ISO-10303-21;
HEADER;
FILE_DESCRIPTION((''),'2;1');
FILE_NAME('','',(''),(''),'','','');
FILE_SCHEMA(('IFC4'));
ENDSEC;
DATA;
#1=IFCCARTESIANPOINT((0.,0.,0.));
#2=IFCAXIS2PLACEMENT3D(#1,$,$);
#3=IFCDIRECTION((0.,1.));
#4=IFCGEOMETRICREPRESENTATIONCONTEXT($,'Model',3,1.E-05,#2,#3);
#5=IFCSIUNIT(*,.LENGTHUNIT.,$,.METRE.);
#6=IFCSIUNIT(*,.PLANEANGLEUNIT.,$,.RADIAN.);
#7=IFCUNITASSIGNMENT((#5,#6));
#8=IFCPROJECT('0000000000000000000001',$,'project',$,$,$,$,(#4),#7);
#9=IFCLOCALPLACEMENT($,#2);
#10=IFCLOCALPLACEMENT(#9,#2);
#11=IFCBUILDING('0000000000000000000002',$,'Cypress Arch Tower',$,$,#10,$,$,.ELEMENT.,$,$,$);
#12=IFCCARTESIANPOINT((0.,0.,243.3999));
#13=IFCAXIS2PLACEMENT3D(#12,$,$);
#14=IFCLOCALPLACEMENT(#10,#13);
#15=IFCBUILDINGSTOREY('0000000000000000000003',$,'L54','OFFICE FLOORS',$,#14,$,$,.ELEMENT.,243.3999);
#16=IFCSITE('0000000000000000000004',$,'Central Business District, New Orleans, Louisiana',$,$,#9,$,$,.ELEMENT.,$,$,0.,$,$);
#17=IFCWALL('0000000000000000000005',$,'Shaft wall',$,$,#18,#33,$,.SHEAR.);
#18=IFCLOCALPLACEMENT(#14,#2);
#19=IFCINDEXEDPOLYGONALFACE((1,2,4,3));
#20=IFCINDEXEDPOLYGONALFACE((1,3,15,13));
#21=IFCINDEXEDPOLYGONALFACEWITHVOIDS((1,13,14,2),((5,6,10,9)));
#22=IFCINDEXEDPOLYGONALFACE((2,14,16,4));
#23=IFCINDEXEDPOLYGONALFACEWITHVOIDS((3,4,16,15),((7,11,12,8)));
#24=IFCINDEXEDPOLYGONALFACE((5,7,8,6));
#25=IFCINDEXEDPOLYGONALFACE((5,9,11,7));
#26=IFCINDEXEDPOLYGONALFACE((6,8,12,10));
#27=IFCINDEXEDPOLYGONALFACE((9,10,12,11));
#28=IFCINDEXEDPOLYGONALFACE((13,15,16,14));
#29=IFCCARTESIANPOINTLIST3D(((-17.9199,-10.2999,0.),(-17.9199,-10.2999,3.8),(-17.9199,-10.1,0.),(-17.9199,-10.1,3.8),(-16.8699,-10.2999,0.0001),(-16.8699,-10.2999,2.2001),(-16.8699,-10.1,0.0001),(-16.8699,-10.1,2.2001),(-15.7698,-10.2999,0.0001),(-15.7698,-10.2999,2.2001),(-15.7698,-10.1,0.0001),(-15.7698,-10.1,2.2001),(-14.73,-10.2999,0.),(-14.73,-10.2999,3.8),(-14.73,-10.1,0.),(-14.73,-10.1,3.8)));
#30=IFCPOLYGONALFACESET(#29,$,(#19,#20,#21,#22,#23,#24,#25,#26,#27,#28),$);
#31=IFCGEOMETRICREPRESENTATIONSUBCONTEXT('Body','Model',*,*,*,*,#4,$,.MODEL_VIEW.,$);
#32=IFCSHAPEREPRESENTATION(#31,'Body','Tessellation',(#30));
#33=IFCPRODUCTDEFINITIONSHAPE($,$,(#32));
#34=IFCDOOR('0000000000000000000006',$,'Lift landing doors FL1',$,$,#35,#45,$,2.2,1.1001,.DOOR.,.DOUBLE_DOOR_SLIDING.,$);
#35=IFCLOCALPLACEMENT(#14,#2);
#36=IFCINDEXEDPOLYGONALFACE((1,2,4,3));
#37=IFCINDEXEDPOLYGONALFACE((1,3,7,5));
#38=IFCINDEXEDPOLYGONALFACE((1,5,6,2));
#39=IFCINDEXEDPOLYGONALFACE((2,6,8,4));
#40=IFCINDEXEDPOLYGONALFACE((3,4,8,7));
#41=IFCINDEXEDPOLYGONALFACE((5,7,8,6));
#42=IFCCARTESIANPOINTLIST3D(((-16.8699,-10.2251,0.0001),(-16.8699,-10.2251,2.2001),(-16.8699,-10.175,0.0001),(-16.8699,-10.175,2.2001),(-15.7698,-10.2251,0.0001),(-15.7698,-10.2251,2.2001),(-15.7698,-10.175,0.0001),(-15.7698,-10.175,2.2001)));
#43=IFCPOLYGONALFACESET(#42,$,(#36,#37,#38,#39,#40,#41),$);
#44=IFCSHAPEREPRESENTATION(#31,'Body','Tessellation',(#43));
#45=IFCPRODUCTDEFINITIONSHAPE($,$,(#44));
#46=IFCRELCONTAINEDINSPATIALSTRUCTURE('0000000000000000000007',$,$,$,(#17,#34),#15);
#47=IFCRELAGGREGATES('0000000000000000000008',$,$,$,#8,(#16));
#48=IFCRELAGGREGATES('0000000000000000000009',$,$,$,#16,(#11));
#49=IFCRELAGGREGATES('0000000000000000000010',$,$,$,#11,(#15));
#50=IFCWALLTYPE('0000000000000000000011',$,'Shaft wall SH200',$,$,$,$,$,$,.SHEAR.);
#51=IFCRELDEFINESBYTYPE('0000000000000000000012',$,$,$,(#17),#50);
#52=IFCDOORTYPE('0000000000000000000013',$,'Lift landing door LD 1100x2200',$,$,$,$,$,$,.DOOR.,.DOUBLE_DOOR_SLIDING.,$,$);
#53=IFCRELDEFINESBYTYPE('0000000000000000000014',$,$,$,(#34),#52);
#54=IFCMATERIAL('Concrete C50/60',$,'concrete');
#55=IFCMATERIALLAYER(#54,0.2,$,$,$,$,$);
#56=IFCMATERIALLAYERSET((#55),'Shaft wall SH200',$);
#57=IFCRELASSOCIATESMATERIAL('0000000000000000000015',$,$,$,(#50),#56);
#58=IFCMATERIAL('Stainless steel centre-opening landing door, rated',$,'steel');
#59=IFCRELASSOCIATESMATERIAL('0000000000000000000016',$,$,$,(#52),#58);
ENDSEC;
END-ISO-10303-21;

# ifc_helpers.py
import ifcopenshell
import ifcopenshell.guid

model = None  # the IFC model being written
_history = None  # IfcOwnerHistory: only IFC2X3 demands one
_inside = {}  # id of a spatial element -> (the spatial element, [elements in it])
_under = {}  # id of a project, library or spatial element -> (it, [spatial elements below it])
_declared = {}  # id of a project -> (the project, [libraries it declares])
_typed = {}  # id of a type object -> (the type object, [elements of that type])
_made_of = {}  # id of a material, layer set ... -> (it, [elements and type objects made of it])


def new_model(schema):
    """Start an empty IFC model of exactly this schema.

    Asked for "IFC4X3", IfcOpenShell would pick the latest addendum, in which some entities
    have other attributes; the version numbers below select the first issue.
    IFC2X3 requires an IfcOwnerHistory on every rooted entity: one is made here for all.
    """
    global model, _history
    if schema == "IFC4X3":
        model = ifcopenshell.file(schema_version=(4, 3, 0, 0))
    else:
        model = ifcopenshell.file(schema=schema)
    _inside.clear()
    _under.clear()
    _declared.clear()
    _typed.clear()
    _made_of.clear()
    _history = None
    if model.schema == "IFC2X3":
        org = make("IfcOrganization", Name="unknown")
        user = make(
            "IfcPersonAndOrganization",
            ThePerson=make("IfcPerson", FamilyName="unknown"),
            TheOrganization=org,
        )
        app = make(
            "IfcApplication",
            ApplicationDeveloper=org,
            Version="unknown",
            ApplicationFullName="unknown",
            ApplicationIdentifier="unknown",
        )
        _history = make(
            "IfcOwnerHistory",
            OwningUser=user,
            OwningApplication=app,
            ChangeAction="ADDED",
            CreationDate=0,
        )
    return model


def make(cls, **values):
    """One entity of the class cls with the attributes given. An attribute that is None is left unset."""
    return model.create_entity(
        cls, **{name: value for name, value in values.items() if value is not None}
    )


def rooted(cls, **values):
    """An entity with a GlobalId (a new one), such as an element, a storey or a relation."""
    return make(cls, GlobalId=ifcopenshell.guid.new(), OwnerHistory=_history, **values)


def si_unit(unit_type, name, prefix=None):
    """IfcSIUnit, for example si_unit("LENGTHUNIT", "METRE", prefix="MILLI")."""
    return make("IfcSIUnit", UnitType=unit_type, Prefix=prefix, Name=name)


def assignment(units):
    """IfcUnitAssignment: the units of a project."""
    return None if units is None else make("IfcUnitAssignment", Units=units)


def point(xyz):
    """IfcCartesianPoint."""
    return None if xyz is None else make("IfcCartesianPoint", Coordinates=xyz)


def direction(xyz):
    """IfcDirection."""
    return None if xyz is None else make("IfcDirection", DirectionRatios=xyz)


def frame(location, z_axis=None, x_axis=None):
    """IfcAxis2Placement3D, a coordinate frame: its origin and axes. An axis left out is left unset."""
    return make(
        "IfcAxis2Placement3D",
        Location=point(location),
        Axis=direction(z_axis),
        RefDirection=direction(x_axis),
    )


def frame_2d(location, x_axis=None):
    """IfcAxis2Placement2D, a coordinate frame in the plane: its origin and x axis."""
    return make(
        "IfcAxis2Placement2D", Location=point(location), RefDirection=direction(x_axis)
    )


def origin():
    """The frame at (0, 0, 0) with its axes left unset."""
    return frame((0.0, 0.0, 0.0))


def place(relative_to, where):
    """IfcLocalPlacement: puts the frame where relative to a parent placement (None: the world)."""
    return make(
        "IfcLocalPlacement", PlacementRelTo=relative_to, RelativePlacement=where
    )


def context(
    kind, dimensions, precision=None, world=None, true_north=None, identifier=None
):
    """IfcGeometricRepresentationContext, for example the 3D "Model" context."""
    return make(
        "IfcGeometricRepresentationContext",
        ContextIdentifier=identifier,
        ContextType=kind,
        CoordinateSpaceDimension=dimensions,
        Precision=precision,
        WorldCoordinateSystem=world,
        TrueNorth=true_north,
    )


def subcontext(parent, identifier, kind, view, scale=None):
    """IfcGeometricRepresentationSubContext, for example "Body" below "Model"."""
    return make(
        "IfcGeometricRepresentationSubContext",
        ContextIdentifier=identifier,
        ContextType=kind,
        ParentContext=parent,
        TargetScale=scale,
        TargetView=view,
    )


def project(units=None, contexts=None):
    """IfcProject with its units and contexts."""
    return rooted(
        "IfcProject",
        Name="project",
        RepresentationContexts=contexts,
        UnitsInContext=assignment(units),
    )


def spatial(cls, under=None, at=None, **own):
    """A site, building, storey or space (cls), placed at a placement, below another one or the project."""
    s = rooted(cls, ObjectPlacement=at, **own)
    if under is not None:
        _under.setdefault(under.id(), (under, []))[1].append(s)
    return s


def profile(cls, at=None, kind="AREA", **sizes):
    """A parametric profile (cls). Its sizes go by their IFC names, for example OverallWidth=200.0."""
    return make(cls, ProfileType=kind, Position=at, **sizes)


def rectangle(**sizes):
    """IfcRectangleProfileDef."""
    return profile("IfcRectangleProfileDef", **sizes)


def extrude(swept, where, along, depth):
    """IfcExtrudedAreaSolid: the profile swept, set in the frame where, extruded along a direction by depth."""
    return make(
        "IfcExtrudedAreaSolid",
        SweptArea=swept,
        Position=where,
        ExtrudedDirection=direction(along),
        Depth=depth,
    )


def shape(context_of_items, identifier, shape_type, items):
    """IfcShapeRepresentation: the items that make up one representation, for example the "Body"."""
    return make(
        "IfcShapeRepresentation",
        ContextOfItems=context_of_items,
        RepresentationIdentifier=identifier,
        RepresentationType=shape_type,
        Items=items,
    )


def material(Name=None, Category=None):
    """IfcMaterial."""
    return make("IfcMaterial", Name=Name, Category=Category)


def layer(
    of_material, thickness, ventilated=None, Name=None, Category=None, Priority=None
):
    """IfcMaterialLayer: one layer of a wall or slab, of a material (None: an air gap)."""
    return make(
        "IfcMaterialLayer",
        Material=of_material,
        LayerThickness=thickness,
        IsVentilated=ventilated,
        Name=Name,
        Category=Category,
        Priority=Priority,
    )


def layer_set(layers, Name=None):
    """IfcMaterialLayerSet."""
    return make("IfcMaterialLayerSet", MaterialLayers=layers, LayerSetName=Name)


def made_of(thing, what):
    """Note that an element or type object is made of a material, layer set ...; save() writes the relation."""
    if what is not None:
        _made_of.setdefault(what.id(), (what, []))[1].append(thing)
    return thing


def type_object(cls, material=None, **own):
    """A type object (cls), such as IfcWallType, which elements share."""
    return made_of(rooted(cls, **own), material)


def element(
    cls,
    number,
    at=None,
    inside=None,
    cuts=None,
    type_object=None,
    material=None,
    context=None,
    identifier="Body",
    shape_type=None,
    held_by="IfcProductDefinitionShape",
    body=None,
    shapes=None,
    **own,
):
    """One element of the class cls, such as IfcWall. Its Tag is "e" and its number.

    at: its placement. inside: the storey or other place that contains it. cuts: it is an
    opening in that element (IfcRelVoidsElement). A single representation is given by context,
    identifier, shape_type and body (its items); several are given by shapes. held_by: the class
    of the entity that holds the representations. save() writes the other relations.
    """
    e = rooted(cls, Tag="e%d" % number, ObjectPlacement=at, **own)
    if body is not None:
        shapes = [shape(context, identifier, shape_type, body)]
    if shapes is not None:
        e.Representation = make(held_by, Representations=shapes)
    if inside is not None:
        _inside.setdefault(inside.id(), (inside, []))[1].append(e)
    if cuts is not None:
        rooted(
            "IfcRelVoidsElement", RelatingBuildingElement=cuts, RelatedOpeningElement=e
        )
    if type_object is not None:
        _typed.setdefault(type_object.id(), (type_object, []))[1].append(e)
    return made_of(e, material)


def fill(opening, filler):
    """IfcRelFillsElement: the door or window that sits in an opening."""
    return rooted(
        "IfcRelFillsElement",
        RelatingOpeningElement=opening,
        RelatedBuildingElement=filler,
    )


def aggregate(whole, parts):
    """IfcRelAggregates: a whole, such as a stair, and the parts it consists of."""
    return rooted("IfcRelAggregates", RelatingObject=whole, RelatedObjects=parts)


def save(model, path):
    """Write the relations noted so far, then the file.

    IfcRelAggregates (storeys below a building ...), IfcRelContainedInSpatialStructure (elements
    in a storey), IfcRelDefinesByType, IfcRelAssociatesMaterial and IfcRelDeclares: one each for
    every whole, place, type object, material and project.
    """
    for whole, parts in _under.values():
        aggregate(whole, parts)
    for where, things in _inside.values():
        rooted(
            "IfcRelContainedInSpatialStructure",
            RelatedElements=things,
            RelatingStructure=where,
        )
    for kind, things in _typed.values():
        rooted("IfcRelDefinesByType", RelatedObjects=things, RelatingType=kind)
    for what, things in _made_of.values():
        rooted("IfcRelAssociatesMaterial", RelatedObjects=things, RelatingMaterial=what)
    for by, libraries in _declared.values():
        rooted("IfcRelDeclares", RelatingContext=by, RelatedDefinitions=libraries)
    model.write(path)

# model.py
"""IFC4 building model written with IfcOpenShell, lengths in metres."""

from ifc_helpers import new_model, si_unit, direction, frame, frame_2d, origin, place, context, subcontext, project, spatial, rectangle, extrude, material, layer, layer_set, type_object, element, fill, save


model = new_model("IFC4")

# Units and contexts
model_context = context("Model", 3, precision=1e-05, world=origin(), true_north=direction((0.0, 1.0)))
body_context = subcontext(model_context, "Body", "Model", "MODEL_VIEW")
ifc_project = project(units=[si_unit("LENGTHUNIT", "METRE"), si_unit("PLANEANGLEUNIT", "RADIAN")], contexts=[model_context])

# Site, building, storey
site_placement = place(None, origin())
site = spatial("IfcSite", under=ifc_project, at=site_placement, Name="Central Business District, New Orleans, Louisiana", CompositionType="ELEMENT", RefElevation=0.0)
building_placement = place(site_placement, origin())
building = spatial("IfcBuilding", under=site, at=building_placement, Name="Cypress Arch Tower", CompositionType="ELEMENT")
storey_placement = place(building_placement, frame((0.0, 0.0, 243.3999)))
storey = spatial("IfcBuildingStorey", under=building, at=storey_placement, Name="L54", Description="OFFICE FLOORS", CompositionType="ELEMENT", Elevation=243.3999)

# Wall, opening, door
ifc_material_1 = material(Name="Concrete C50/60", Category="concrete")
ifc_layer_1 = layer(ifc_material_1, 0.2)
ifc_layer_set_1 = layer_set([ifc_layer_1], Name="Shaft wall SH200")
wall_type_1 = type_object("IfcWallType", Name="Shaft wall SH200", PredefinedType="SHEAR", material=ifc_layer_set_1)
wall_1_placement = place(storey_placement, frame((-17.9199, -10.2, 0.0), z_axis=(0.0, 0.0, 1.0), x_axis=(1.0, 0.0, 0.0)))
wall_1 = element("IfcWall", 1, at=wall_1_placement, inside=storey, type_object=wall_type_1, Name="Shaft wall", PredefinedType="SHEAR", context=body_context, shape_type="SweptSolid", body=[
    extrude(rectangle(XDim=3.1899, YDim=0.2, at=frame_2d((1.595, 0.0))), origin(), (0.0, 0.0, 1.0), 3.8),
])
opening_1_placement = place(wall_1_placement, frame((1.05, 0.0, 0.0)))
opening_1 = element("IfcOpeningElement", 2, at=opening_1_placement, cuts=wall_1, PredefinedType="OPENING", context=body_context, shape_type="SweptSolid", body=[
    extrude(rectangle(XDim=1.1001, YDim=2.2, at=frame_2d((0.55, 1.1001))), frame((0.0, 0.1099, 0.0), z_axis=(0.0, -1.0, 0.0), x_axis=(1.0, 0.0, 0.0)), (0.0, 0.0, 1.0), 0.22),
])
ifc_material_2 = material(Name="Stainless steel centre-opening landing door, rated", Category="steel")
door_type_1 = type_object("IfcDoorType", Name="Lift landing door LD 1100x2200", OperationType="DOUBLE_DOOR_SLIDING", PredefinedType="DOOR", material=ifc_material_2)
door_1_placement = place(opening_1_placement, origin())
door_1 = element("IfcDoor", 3, at=door_1_placement, inside=storey, type_object=door_type_1, Name="Lift landing doors FL1", OperationType="DOUBLE_DOOR_SLIDING", OverallHeight=2.2, OverallWidth=1.1001, PredefinedType="DOOR", context=body_context, shape_type="SweptSolid", body=[
    extrude(rectangle(XDim=1.1001, YDim=2.2, at=frame_2d((0.55, 1.1001))), frame((0.0, 0.0249, 0.0), z_axis=(0.0, -1.0, 0.0), x_axis=(1.0, 0.0, 0.0)), (0.0, 0.0, 1.0), 0.05),
])
fill(opening_1, door_1)

save(model, "model.ifc")
